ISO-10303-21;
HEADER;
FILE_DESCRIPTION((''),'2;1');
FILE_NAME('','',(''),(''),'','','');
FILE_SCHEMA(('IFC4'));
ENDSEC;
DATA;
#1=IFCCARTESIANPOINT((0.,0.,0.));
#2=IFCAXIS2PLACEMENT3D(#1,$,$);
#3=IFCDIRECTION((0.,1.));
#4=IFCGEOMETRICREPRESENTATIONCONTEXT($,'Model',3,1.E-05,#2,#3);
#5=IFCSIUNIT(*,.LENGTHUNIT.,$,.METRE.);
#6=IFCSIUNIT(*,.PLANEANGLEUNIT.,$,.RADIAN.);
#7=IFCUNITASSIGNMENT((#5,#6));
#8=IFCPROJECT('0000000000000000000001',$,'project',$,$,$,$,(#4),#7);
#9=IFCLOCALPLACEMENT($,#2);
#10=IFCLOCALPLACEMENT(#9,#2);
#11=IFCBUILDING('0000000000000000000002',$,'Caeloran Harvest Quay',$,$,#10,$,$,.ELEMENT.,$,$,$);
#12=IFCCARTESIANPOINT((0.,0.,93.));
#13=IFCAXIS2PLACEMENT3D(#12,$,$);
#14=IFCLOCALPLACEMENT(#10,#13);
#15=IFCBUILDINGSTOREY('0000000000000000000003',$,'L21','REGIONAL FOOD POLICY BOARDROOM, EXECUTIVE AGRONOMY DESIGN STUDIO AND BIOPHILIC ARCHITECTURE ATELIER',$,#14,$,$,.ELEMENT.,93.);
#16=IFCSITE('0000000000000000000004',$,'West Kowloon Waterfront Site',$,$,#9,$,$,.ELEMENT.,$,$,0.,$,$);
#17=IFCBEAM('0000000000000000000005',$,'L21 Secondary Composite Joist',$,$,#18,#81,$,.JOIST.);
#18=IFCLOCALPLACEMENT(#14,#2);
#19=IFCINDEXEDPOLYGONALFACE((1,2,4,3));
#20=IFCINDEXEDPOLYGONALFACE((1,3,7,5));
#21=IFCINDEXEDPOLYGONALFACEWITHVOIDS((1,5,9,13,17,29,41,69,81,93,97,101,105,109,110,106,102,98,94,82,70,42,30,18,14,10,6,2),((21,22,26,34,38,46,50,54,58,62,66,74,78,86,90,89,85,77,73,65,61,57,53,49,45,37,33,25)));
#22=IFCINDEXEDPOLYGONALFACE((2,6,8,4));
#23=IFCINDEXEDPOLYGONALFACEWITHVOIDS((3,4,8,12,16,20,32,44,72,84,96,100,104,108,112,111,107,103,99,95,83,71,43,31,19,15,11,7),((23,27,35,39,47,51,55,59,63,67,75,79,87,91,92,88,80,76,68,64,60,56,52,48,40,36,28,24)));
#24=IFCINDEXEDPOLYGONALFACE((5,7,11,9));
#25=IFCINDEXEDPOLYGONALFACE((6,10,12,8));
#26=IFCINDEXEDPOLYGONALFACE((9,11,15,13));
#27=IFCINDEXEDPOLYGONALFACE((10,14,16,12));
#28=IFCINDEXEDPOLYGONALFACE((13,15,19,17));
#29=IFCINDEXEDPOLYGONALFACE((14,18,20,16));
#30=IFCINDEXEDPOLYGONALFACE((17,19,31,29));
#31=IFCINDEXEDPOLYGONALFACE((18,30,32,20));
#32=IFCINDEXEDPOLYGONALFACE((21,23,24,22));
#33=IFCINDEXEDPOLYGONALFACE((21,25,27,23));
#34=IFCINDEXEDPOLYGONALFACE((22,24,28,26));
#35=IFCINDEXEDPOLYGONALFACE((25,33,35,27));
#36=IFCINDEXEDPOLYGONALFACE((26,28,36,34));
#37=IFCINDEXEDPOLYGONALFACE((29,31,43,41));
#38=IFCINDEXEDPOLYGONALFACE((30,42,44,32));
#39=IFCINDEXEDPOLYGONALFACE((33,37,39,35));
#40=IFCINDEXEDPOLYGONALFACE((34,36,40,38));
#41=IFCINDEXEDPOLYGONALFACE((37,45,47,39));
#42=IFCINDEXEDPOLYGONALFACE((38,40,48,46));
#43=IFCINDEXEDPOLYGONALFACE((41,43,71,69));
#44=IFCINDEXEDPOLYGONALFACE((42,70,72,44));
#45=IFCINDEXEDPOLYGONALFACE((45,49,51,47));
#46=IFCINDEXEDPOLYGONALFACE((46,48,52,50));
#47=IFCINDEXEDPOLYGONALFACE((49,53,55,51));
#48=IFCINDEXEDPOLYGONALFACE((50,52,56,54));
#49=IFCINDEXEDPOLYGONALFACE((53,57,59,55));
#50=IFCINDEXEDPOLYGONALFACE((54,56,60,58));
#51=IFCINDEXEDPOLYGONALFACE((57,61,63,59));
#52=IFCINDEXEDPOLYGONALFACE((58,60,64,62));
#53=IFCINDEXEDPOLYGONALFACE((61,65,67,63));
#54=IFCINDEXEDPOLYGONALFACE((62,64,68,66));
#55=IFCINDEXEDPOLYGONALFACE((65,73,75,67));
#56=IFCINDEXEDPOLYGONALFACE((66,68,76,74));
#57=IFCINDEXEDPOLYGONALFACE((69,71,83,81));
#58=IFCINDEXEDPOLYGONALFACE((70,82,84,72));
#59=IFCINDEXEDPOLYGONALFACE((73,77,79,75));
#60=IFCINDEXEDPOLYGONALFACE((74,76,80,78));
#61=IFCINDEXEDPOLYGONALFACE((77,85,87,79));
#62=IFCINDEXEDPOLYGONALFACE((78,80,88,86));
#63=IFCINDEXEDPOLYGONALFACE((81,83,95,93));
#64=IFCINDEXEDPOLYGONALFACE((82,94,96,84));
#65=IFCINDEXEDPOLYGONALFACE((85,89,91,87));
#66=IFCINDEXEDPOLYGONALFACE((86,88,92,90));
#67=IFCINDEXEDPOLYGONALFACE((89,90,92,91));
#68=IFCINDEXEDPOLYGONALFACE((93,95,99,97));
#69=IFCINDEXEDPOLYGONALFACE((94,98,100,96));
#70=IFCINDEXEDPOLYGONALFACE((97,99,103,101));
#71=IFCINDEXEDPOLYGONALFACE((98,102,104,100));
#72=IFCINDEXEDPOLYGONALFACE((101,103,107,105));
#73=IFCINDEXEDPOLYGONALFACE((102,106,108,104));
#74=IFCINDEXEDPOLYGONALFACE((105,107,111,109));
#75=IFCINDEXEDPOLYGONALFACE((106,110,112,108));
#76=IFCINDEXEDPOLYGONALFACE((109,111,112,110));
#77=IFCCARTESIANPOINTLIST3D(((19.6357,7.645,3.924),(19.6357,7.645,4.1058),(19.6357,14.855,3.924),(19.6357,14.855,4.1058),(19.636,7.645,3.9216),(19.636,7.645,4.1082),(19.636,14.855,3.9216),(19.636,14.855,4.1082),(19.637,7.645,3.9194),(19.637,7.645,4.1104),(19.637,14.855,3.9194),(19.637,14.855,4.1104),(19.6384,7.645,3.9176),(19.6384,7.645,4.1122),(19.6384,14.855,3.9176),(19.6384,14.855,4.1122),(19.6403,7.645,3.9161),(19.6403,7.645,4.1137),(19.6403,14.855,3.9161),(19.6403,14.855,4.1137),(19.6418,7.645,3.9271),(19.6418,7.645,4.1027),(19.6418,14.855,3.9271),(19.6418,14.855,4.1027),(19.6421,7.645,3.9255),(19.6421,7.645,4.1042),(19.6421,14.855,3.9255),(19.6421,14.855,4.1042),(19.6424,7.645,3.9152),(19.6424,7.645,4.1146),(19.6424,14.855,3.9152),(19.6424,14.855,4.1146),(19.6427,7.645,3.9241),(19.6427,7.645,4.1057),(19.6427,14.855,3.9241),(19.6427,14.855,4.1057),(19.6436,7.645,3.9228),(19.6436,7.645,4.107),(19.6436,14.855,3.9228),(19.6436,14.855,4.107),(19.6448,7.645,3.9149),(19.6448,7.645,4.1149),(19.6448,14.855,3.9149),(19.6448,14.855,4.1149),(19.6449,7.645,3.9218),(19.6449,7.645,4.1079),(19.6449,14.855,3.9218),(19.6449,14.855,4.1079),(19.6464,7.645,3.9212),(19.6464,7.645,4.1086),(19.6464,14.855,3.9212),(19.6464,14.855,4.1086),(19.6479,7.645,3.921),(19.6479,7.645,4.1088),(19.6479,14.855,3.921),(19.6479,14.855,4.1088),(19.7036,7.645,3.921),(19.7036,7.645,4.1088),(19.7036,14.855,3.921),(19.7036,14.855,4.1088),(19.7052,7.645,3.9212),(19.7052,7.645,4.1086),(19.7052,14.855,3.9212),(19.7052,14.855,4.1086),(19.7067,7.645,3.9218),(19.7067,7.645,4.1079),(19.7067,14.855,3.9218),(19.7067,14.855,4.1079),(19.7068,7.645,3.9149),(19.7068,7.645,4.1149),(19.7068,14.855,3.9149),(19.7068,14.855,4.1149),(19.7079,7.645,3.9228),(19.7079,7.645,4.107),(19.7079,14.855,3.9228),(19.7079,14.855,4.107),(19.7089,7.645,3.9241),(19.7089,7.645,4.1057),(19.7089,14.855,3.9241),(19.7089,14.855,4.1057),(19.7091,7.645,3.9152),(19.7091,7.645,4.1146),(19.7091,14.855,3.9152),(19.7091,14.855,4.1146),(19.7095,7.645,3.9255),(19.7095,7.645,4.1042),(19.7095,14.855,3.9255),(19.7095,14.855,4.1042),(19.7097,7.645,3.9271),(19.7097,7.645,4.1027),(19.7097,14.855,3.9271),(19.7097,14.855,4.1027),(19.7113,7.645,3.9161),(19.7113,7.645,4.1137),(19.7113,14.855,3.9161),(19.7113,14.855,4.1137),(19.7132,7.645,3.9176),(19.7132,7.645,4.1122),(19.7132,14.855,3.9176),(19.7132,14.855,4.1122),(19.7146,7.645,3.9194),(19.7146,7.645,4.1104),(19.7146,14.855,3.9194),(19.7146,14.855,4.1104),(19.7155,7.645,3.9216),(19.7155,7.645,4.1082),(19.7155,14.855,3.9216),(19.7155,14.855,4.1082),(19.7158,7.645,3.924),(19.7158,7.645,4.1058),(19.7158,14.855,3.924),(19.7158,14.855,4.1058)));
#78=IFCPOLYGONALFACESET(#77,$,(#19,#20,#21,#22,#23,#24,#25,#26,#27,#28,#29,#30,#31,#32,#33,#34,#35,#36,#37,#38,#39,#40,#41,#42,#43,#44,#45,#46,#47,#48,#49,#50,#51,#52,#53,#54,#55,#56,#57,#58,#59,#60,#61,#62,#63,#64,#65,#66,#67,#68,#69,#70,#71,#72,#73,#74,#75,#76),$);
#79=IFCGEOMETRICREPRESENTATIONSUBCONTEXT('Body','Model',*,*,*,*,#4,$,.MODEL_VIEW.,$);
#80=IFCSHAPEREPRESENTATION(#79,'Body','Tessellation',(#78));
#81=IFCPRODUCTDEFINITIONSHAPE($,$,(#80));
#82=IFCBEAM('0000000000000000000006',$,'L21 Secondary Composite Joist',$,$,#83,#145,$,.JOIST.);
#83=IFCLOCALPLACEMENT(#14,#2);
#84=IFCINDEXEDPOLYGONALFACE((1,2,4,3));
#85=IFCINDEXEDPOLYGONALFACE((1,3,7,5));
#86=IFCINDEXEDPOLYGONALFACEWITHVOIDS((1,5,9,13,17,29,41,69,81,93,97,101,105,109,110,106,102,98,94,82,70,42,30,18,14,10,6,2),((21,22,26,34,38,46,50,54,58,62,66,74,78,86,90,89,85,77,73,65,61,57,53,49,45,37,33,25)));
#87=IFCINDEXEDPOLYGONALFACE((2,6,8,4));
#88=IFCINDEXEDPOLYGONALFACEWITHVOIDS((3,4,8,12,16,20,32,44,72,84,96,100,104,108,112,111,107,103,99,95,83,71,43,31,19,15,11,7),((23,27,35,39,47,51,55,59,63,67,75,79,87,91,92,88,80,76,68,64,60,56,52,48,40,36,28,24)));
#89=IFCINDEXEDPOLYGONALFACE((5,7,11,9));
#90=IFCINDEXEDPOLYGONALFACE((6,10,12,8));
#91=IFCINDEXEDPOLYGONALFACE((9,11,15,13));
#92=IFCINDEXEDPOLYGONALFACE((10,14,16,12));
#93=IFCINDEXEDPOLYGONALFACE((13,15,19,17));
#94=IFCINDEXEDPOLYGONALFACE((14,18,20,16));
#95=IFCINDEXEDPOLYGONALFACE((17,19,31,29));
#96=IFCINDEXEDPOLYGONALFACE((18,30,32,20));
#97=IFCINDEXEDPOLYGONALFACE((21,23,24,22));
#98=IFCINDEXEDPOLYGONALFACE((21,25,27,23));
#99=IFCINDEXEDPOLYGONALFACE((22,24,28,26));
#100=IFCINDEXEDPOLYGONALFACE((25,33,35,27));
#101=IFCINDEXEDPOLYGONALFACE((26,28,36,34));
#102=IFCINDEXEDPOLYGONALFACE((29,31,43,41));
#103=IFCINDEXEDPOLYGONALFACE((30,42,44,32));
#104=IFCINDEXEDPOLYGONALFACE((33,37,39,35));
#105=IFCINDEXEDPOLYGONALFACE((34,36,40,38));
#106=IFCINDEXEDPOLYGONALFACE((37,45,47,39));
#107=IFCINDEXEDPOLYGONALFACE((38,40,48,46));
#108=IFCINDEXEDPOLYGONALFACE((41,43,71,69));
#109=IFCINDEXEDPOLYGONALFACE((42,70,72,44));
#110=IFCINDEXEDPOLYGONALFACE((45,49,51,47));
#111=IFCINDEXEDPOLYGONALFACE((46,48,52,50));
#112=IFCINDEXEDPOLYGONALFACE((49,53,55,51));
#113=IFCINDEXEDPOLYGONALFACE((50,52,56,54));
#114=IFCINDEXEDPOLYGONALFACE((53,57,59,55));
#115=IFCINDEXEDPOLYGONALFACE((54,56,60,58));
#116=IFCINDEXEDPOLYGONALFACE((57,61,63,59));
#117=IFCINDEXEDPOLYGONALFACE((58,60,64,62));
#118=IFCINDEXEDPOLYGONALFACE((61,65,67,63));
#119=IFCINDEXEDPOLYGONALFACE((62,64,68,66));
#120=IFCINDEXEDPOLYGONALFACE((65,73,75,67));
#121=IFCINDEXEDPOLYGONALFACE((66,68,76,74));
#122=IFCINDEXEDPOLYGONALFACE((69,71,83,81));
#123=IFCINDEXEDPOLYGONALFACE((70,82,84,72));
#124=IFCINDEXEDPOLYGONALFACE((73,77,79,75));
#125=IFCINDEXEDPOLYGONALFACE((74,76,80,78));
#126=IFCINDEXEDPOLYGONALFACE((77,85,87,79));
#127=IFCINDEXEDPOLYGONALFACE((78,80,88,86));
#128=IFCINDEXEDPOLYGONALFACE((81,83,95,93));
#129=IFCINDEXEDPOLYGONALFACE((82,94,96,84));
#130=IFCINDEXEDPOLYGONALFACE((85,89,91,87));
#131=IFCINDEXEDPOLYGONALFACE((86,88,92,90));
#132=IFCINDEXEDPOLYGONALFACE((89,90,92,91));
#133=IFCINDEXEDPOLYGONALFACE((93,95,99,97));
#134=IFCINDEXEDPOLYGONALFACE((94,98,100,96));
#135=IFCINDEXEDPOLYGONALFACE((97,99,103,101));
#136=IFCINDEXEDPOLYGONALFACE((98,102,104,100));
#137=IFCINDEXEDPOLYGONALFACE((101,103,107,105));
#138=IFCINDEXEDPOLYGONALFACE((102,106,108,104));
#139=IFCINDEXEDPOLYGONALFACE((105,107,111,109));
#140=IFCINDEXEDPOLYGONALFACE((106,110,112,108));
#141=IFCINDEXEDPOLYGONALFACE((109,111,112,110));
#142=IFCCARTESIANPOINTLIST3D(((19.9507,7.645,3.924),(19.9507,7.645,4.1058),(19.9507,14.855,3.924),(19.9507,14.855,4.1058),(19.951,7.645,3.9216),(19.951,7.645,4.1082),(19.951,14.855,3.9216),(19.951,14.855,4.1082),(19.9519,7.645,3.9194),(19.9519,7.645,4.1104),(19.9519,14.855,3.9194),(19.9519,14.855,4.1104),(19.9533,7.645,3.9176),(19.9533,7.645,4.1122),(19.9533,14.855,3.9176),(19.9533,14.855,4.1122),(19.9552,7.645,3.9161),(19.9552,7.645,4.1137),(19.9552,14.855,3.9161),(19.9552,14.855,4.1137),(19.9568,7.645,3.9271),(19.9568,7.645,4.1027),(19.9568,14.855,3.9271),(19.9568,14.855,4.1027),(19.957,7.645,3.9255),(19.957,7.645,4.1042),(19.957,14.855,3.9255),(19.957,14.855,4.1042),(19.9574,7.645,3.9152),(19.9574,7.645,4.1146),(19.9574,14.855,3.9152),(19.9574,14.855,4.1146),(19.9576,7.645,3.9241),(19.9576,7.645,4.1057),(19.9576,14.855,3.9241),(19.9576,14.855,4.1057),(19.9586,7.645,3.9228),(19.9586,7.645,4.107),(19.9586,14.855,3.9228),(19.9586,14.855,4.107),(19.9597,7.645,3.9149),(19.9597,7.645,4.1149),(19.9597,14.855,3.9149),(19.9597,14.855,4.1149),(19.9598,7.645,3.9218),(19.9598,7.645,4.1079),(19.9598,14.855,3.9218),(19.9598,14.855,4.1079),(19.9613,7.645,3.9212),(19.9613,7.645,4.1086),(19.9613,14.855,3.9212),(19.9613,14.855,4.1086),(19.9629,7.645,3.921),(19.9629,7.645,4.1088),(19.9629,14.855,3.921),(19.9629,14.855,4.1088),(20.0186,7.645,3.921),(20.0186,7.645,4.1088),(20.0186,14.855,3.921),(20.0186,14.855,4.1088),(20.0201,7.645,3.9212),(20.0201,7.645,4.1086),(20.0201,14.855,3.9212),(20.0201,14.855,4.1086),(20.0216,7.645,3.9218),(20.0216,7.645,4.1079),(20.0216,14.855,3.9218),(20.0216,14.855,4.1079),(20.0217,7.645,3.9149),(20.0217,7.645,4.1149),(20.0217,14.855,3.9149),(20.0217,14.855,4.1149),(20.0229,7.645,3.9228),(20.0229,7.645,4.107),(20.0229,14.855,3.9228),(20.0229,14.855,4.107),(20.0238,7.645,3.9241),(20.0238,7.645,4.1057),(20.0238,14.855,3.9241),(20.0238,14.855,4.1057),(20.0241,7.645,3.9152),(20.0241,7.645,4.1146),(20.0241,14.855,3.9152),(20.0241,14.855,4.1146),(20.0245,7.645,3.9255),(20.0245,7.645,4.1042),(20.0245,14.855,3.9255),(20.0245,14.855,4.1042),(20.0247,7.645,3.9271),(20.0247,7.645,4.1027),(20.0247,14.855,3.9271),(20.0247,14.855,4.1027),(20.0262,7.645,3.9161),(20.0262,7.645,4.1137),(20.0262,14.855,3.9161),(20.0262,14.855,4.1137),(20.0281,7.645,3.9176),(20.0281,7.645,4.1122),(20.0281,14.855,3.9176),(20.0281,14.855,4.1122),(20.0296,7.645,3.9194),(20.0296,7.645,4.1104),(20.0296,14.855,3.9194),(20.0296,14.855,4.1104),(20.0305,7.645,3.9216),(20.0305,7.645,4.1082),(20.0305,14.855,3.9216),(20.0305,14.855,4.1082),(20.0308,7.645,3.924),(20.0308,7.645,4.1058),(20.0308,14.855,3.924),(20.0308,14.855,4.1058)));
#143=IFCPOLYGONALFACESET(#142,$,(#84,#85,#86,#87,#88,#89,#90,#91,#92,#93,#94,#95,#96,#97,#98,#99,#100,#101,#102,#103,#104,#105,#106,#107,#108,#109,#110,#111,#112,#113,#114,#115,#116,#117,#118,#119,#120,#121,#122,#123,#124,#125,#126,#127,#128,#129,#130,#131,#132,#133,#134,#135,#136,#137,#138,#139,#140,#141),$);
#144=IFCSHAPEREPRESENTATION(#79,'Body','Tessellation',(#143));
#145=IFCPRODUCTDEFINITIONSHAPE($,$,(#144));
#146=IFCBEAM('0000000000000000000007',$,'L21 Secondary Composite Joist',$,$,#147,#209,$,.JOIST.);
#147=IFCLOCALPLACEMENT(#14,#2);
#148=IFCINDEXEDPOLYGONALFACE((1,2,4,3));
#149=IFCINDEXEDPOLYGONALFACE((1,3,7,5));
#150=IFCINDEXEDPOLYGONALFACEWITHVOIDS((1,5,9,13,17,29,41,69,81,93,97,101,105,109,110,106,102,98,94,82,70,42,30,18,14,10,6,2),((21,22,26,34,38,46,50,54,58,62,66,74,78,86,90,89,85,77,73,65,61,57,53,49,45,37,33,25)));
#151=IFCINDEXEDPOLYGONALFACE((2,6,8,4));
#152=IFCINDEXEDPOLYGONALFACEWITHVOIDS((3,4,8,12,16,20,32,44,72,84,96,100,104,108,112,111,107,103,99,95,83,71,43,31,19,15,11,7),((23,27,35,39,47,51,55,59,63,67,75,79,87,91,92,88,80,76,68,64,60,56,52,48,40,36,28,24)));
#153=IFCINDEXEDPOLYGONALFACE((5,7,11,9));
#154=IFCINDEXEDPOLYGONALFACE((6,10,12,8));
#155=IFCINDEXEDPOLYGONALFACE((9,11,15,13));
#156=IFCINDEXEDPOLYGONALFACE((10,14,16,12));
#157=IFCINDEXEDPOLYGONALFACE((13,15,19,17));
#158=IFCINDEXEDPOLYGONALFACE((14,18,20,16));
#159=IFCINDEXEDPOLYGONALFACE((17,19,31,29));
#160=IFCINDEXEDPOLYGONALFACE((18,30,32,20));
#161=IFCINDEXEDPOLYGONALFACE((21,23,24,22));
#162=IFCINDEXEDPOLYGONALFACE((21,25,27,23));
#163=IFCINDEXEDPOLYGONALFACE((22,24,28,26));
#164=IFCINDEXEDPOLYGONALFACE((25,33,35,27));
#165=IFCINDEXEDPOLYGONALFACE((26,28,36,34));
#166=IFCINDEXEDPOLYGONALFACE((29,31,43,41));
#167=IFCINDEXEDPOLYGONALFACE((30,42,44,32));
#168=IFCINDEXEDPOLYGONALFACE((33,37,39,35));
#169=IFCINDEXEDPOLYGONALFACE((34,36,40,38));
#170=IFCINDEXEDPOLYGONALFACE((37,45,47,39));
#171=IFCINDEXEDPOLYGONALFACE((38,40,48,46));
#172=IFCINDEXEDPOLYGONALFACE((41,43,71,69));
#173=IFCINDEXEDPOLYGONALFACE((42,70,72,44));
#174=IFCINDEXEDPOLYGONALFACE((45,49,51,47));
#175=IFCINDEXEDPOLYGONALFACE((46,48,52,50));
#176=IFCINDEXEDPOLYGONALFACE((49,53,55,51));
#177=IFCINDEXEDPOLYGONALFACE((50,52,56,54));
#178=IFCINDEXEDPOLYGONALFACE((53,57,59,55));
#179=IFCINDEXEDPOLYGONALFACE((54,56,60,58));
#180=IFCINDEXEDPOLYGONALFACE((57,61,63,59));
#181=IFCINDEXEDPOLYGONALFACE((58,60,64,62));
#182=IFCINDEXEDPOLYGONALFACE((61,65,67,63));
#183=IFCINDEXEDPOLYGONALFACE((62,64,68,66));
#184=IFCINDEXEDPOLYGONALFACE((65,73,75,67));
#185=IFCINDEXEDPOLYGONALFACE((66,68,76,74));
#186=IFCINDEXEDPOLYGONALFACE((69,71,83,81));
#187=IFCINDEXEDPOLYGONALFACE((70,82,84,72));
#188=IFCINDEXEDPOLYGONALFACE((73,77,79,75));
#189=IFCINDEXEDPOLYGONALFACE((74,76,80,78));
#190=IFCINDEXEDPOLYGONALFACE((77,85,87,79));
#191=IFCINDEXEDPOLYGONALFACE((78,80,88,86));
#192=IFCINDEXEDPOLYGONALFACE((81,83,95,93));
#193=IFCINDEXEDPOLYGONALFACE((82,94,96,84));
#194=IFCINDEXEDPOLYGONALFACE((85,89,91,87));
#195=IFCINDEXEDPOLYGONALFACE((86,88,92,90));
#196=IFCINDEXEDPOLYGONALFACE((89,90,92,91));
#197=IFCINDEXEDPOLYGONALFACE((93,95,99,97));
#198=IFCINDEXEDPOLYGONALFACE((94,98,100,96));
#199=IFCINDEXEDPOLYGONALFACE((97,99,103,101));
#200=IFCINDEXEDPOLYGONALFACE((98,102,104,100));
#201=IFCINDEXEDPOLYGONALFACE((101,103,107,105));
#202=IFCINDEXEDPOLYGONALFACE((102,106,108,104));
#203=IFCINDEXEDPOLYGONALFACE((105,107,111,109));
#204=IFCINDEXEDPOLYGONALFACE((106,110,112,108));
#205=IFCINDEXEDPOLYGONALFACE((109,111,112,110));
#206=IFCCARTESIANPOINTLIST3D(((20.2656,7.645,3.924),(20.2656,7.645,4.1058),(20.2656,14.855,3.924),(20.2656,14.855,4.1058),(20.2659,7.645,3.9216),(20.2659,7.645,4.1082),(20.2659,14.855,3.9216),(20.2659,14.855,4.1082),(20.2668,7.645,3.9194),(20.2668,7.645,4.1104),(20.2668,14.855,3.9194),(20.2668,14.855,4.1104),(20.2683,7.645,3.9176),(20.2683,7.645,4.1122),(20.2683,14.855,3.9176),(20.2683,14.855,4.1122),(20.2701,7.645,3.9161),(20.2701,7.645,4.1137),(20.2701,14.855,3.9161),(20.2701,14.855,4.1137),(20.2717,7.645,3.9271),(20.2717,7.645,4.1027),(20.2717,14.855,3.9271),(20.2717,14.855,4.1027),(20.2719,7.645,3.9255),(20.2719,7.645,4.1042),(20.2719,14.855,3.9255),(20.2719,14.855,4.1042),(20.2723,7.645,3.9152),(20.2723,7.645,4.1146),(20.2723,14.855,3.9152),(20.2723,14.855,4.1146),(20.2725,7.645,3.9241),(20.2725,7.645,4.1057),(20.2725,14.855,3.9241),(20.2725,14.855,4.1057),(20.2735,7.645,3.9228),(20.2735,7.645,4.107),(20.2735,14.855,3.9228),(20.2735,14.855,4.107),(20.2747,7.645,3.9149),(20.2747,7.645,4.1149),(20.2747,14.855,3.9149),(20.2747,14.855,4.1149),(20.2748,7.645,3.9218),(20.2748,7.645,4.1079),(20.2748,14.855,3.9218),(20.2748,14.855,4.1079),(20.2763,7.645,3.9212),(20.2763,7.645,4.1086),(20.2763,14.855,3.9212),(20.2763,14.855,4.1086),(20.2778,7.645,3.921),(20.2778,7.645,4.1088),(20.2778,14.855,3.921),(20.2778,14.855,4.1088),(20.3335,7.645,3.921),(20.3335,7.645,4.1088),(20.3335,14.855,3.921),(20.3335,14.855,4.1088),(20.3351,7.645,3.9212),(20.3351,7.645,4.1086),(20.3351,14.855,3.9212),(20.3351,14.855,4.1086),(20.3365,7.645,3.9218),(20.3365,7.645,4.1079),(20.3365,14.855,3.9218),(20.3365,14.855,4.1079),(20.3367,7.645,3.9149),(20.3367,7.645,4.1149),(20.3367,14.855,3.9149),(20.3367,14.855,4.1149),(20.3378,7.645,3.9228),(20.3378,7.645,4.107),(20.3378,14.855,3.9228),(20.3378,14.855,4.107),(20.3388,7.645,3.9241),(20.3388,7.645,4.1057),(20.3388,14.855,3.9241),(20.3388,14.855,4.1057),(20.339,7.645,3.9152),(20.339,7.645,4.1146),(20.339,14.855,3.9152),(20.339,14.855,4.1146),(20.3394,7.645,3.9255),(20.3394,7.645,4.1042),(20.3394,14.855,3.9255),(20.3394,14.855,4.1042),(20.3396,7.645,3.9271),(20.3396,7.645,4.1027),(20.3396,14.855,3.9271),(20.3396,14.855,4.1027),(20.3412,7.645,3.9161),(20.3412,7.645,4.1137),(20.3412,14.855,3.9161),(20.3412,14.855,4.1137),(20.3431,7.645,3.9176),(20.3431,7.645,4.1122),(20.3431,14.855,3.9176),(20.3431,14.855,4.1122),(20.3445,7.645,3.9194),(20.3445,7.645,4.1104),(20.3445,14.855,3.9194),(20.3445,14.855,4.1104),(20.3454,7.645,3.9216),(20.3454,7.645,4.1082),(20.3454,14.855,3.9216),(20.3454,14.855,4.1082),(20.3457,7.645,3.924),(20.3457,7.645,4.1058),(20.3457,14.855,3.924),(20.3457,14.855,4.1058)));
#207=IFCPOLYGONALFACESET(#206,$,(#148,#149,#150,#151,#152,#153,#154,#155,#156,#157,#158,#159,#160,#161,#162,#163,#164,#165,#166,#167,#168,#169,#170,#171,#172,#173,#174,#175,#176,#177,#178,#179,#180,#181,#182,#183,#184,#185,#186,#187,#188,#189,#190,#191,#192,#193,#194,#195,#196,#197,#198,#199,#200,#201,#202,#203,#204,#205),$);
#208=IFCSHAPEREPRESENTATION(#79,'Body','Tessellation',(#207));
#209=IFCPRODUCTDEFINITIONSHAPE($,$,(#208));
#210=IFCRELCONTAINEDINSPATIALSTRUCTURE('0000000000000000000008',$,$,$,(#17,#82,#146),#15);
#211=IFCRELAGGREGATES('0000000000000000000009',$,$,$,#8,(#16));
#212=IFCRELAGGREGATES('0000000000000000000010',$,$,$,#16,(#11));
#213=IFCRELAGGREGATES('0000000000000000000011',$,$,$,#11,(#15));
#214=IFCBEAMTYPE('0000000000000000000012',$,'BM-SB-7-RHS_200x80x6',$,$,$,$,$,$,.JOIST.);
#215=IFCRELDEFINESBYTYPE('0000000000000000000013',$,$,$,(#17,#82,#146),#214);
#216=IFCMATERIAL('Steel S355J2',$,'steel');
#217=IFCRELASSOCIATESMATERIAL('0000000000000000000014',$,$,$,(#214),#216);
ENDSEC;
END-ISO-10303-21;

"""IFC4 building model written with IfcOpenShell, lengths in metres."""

from ifc_helpers import new_model, si_unit, direction, frame, origin, origin_2d, place, context, subcontext, project, spatial, hollow_rectangle, extrude, material, material_profile, profile_set, type_object, element, save


model = new_model("IFC4")

# Units and contexts
model_context = context("Model", 3, precision=1e-05, world=origin(), true_north=direction((0.0, 1.0)))
body_context = subcontext(model_context, "Body", "Model", "MODEL_VIEW")
ifc_project = project(units=[si_unit("LENGTHUNIT", "METRE"), si_unit("PLANEANGLEUNIT", "RADIAN")], contexts=[model_context])

# Site, building, storey
site_placement = place(None, origin())
site = spatial("IfcSite", under=ifc_project, at=site_placement, Name="West Kowloon Waterfront Site", CompositionType="ELEMENT", RefElevation=0.0)
building_placement = place(site_placement, origin())
building = spatial("IfcBuilding", under=site, at=building_placement, Name="Caeloran Harvest Quay", CompositionType="ELEMENT")
storey_placement = place(building_placement, frame((0.0, 0.0, 93.0)))
storey = spatial("IfcBuildingStorey", under=building, at=storey_placement, Name="L21", Description="REGIONAL FOOD POLICY BOARDROOM, EXECUTIVE AGRONOMY DESIGN STUDIO AND BIOPHILIC ARCHITECTURE ATELIER", CompositionType="ELEMENT", Elevation=93.0)

# Beams
ifc_material_1 = material(Name="Steel S355J2", Category="steel")
ifc_material_profile_1 = material_profile(ifc_material_1, hollow_rectangle(XDim=0.0801, YDim=0.2, WallThickness=0.0061, InnerFilletRadius=0.0061, OuterFilletRadius=0.009, at=origin_2d()), Name="RHS 200x80x6")
ifc_profile_set_1 = profile_set([ifc_material_profile_1], Name="Steel S355J2")
beam_type_1 = type_object("IfcBeamType", Name="BM-SB-7-RHS_200x80x6", PredefinedType="JOIST", material=ifc_profile_set_1)
for number, where, z_axis, x_axis, name in (
    (1, (19.6758, 7.645, 4.0149), (0.0, 1.0, 0.0), (-1.0, 0.0, 0.0), "L21 Secondary Composite Joist"),
    (2, (19.9907, 7.645, 4.0149), (0.0, 1.0, 0.0), (-1.0, 0.0, 0.0), "L21 Secondary Composite Joist"),
    (3, (20.3057, 7.645, 4.0149), (0.0, 1.0, 0.0), (-1.0, 0.0, 0.0), "L21 Secondary Composite Joist"),
):
    element("IfcBeam", number, at=place(storey_placement, frame(where, z_axis=z_axis, x_axis=x_axis)), inside=storey, type_object=beam_type_1, Name=name, PredefinedType="JOIST", context=body_context, shape_type="SweptSolid", body=[
        extrude(hollow_rectangle(XDim=0.0801, YDim=0.2, WallThickness=0.0061, InnerFilletRadius=0.0061, OuterFilletRadius=0.009, at=origin_2d()), origin(), (0.0, 0.0, 1.0), 7.21),
    ])

save(model, "model.ifc")
